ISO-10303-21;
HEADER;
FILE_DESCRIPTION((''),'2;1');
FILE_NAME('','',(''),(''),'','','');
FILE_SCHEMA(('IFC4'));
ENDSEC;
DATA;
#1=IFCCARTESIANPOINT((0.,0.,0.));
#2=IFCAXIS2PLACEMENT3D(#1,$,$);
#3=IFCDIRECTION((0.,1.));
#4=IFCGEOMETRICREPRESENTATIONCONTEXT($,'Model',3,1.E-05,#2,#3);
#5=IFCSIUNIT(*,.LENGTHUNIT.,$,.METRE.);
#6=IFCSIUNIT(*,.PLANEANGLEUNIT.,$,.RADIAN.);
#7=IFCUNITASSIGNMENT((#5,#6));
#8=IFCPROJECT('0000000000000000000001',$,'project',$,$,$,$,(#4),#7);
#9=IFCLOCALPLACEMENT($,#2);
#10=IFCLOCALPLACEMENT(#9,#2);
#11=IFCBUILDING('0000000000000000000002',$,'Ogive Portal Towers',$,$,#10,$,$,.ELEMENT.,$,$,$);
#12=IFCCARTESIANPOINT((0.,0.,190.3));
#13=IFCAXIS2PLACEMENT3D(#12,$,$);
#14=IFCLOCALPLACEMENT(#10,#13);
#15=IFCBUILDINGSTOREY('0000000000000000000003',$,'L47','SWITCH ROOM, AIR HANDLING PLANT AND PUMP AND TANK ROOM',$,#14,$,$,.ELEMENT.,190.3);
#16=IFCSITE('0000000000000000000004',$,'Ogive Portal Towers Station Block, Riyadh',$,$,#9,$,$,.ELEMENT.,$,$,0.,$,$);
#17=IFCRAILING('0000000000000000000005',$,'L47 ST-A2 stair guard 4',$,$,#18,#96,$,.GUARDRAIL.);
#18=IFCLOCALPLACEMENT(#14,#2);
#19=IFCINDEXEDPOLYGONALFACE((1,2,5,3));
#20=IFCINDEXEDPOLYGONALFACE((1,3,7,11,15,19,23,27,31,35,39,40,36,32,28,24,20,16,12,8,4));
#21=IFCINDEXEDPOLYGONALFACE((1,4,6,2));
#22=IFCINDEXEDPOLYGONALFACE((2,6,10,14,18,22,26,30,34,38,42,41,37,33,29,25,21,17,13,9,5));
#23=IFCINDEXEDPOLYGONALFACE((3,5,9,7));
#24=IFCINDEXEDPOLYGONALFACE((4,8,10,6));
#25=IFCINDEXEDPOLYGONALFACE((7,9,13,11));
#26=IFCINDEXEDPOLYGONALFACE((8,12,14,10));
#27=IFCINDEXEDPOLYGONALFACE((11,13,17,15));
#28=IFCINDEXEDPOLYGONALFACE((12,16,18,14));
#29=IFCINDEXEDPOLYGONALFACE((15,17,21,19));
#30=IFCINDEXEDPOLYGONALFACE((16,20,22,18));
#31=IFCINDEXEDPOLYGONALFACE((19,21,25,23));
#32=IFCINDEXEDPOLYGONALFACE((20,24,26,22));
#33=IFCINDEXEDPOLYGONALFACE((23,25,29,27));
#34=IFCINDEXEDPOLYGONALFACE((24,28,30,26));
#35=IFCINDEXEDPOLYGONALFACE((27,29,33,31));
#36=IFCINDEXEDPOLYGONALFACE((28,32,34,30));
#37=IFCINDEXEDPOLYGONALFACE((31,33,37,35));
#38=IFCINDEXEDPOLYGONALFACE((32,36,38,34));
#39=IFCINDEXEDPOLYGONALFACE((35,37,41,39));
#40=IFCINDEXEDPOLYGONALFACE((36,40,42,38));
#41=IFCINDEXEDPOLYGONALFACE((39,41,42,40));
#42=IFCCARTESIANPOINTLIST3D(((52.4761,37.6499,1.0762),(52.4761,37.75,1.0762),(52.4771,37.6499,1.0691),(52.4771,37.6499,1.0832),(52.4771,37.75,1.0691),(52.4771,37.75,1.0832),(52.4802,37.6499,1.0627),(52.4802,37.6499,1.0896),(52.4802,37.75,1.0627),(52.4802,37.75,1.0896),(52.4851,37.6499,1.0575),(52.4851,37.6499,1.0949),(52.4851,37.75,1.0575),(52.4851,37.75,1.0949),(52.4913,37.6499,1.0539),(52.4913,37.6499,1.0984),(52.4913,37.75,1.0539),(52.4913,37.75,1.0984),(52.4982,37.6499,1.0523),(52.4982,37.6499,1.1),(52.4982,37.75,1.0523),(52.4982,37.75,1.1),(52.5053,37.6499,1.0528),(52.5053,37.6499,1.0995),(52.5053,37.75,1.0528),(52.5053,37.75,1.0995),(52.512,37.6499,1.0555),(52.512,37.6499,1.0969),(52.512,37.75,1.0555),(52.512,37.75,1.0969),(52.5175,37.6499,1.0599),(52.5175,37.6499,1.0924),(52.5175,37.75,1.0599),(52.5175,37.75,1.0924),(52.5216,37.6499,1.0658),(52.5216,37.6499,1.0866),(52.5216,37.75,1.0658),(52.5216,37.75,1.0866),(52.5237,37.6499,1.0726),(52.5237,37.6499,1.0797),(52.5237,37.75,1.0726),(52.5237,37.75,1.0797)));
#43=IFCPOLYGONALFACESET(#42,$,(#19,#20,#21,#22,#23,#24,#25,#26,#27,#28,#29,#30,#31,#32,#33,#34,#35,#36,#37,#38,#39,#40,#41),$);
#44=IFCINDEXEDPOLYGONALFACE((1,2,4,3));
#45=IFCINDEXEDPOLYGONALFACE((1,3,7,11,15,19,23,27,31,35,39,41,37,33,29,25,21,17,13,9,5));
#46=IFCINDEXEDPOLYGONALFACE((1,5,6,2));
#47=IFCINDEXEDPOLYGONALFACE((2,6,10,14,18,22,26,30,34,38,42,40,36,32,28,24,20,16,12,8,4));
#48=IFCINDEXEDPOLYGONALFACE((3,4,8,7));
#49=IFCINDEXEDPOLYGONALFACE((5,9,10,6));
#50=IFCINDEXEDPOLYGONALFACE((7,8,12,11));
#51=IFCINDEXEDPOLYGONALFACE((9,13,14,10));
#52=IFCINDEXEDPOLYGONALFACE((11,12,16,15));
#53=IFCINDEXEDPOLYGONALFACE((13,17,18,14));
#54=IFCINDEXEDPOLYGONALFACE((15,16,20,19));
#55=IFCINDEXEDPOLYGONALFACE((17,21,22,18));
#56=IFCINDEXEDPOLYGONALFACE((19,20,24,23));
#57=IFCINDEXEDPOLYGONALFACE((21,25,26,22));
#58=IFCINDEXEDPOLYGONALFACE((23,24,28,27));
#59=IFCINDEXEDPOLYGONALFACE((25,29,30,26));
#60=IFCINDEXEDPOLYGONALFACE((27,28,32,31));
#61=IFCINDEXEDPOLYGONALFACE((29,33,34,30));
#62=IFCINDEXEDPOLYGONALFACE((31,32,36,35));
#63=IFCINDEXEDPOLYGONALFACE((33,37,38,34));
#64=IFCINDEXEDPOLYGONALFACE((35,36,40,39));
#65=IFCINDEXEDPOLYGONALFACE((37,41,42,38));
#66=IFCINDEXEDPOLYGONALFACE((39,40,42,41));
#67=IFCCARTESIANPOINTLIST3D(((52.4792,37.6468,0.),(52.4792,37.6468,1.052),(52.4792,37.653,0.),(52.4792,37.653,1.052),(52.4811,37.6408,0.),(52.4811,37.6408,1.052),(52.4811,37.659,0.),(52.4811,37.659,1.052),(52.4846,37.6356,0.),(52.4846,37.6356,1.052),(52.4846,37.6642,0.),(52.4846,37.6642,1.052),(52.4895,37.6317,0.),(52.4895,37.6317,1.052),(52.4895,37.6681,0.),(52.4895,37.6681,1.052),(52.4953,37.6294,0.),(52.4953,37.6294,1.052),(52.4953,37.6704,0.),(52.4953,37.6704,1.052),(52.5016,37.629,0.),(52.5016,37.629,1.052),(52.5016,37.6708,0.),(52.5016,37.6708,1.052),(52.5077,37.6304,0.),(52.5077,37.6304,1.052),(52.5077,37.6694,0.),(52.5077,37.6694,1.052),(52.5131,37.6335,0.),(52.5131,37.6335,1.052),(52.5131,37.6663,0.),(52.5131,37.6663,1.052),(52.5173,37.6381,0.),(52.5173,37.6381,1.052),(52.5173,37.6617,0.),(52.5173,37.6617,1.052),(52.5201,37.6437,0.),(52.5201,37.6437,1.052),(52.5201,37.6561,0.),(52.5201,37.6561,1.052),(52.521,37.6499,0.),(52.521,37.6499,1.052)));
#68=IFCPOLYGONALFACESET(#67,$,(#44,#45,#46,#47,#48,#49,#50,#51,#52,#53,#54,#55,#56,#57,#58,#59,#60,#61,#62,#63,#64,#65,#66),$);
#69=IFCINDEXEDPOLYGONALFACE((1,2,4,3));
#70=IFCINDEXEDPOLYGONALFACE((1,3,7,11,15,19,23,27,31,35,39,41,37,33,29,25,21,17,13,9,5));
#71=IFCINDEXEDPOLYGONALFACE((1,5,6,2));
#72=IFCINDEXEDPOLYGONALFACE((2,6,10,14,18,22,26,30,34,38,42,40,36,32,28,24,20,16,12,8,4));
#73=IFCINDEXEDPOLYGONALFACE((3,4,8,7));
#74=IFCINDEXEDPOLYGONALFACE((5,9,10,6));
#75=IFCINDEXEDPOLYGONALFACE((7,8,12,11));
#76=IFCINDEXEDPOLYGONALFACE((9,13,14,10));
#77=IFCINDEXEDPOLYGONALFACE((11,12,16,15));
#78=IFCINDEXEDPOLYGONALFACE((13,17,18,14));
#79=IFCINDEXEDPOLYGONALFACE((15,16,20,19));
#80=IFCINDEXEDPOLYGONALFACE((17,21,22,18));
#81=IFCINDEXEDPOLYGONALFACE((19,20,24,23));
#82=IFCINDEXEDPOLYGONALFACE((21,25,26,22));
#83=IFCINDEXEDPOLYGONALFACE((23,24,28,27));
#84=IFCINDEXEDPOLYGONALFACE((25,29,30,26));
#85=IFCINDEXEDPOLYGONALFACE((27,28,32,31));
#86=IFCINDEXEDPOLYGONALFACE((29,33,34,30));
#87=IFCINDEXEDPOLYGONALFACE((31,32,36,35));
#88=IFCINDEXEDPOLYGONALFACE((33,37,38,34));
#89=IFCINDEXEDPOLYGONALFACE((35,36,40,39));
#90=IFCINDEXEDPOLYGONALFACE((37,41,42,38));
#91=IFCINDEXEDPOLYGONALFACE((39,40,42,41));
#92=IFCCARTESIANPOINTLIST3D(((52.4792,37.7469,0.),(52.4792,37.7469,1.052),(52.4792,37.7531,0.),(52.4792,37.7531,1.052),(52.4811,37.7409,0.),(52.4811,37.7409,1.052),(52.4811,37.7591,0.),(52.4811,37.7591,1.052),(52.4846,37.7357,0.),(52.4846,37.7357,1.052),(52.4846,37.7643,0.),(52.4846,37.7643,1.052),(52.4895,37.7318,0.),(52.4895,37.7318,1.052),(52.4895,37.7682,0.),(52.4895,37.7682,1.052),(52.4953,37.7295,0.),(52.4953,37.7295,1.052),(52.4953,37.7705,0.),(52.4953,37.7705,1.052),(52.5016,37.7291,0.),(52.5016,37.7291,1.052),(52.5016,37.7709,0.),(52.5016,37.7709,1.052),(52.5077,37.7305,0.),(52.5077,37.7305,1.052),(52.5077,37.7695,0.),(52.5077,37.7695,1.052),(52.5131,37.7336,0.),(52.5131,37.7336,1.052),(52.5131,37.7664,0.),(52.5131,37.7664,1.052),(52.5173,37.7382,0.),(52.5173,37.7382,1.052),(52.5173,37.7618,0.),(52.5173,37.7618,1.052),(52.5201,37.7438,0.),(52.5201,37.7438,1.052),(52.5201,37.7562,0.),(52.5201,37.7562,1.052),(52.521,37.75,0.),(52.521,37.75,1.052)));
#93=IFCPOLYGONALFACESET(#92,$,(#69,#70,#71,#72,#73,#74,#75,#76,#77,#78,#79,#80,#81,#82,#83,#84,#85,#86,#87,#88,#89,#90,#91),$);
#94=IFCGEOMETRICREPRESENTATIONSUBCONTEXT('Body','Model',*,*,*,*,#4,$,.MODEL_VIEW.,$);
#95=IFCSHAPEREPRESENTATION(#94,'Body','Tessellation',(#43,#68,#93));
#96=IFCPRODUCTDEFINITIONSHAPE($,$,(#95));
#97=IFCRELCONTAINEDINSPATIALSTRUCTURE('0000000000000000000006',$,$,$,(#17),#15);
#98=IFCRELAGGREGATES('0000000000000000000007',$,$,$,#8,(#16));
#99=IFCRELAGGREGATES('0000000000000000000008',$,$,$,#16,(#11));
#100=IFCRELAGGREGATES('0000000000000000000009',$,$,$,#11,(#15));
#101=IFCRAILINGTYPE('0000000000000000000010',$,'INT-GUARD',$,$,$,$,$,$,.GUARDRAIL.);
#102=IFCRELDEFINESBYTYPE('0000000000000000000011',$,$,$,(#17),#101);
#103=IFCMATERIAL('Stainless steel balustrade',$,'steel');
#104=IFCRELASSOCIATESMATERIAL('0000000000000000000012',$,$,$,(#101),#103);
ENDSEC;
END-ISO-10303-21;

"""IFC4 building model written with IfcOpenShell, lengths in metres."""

from ifc_helpers import new_model, si_unit, direction, frame, origin, origin_2d, place, context, subcontext, project, spatial, circle, extrude, material, type_object, element, save


model = new_model("IFC4")

# Units and contexts
model_context = context("Model", 3, precision=1e-05, world=origin(), true_north=direction((0.0, 1.0)))
body_context = subcontext(model_context, "Body", "Model", "MODEL_VIEW")
ifc_project = project(units=[si_unit("LENGTHUNIT", "METRE"), si_unit("PLANEANGLEUNIT", "RADIAN")], contexts=[model_context])

# Site, building, storey
site_placement = place(None, origin())
site = spatial("IfcSite", under=ifc_project, at=site_placement, Name="Ogive Portal Towers Station Block, Riyadh", CompositionType="ELEMENT", RefElevation=0.0)
building_placement = place(site_placement, origin())
building = spatial("IfcBuilding", under=site, at=building_placement, Name="Ogive Portal Towers", CompositionType="ELEMENT")
storey_placement = place(building_placement, frame((0.0, 0.0, 190.3)))
storey = spatial("IfcBuildingStorey", under=building, at=storey_placement, Name="L47", Description="SWITCH ROOM, AIR HANDLING PLANT AND PUMP AND TANK ROOM", CompositionType="ELEMENT", Elevation=190.3)

# Railing
ifc_material_1 = material(Name="Stainless steel balustrade", Category="steel")
railing_type_1 = type_object("IfcRailingType", Name="INT-GUARD", PredefinedType="GUARDRAIL", material=ifc_material_1)
railing_1_placement = place(storey_placement, frame((52.5, 37.6499, 0.0)))
element("IfcRailing", 1, at=railing_1_placement, inside=storey, type_object=railing_type_1, Name="L47 ST-A2 stair guard 4", PredefinedType="GUARDRAIL", context=body_context, shape_type="SweptSolid", body=[
    extrude(circle(Radius=0.0239, at=origin_2d()), frame((0.0, 0.0, 1.0762), z_axis=(0.0, 1.0, 0.0), x_axis=(-1.0, 0.0, 0.0)), (0.0, 0.0, 1.0), 0.1001),
    extrude(circle(Radius=0.021, at=origin_2d()), origin(), (0.0, 0.0, 1.0), 1.052),
    extrude(circle(Radius=0.021, at=origin_2d()), frame((0.0, 0.1001, 0.0)), (0.0, 0.0, 1.0), 1.052),
])

save(model, "model.ifc")
